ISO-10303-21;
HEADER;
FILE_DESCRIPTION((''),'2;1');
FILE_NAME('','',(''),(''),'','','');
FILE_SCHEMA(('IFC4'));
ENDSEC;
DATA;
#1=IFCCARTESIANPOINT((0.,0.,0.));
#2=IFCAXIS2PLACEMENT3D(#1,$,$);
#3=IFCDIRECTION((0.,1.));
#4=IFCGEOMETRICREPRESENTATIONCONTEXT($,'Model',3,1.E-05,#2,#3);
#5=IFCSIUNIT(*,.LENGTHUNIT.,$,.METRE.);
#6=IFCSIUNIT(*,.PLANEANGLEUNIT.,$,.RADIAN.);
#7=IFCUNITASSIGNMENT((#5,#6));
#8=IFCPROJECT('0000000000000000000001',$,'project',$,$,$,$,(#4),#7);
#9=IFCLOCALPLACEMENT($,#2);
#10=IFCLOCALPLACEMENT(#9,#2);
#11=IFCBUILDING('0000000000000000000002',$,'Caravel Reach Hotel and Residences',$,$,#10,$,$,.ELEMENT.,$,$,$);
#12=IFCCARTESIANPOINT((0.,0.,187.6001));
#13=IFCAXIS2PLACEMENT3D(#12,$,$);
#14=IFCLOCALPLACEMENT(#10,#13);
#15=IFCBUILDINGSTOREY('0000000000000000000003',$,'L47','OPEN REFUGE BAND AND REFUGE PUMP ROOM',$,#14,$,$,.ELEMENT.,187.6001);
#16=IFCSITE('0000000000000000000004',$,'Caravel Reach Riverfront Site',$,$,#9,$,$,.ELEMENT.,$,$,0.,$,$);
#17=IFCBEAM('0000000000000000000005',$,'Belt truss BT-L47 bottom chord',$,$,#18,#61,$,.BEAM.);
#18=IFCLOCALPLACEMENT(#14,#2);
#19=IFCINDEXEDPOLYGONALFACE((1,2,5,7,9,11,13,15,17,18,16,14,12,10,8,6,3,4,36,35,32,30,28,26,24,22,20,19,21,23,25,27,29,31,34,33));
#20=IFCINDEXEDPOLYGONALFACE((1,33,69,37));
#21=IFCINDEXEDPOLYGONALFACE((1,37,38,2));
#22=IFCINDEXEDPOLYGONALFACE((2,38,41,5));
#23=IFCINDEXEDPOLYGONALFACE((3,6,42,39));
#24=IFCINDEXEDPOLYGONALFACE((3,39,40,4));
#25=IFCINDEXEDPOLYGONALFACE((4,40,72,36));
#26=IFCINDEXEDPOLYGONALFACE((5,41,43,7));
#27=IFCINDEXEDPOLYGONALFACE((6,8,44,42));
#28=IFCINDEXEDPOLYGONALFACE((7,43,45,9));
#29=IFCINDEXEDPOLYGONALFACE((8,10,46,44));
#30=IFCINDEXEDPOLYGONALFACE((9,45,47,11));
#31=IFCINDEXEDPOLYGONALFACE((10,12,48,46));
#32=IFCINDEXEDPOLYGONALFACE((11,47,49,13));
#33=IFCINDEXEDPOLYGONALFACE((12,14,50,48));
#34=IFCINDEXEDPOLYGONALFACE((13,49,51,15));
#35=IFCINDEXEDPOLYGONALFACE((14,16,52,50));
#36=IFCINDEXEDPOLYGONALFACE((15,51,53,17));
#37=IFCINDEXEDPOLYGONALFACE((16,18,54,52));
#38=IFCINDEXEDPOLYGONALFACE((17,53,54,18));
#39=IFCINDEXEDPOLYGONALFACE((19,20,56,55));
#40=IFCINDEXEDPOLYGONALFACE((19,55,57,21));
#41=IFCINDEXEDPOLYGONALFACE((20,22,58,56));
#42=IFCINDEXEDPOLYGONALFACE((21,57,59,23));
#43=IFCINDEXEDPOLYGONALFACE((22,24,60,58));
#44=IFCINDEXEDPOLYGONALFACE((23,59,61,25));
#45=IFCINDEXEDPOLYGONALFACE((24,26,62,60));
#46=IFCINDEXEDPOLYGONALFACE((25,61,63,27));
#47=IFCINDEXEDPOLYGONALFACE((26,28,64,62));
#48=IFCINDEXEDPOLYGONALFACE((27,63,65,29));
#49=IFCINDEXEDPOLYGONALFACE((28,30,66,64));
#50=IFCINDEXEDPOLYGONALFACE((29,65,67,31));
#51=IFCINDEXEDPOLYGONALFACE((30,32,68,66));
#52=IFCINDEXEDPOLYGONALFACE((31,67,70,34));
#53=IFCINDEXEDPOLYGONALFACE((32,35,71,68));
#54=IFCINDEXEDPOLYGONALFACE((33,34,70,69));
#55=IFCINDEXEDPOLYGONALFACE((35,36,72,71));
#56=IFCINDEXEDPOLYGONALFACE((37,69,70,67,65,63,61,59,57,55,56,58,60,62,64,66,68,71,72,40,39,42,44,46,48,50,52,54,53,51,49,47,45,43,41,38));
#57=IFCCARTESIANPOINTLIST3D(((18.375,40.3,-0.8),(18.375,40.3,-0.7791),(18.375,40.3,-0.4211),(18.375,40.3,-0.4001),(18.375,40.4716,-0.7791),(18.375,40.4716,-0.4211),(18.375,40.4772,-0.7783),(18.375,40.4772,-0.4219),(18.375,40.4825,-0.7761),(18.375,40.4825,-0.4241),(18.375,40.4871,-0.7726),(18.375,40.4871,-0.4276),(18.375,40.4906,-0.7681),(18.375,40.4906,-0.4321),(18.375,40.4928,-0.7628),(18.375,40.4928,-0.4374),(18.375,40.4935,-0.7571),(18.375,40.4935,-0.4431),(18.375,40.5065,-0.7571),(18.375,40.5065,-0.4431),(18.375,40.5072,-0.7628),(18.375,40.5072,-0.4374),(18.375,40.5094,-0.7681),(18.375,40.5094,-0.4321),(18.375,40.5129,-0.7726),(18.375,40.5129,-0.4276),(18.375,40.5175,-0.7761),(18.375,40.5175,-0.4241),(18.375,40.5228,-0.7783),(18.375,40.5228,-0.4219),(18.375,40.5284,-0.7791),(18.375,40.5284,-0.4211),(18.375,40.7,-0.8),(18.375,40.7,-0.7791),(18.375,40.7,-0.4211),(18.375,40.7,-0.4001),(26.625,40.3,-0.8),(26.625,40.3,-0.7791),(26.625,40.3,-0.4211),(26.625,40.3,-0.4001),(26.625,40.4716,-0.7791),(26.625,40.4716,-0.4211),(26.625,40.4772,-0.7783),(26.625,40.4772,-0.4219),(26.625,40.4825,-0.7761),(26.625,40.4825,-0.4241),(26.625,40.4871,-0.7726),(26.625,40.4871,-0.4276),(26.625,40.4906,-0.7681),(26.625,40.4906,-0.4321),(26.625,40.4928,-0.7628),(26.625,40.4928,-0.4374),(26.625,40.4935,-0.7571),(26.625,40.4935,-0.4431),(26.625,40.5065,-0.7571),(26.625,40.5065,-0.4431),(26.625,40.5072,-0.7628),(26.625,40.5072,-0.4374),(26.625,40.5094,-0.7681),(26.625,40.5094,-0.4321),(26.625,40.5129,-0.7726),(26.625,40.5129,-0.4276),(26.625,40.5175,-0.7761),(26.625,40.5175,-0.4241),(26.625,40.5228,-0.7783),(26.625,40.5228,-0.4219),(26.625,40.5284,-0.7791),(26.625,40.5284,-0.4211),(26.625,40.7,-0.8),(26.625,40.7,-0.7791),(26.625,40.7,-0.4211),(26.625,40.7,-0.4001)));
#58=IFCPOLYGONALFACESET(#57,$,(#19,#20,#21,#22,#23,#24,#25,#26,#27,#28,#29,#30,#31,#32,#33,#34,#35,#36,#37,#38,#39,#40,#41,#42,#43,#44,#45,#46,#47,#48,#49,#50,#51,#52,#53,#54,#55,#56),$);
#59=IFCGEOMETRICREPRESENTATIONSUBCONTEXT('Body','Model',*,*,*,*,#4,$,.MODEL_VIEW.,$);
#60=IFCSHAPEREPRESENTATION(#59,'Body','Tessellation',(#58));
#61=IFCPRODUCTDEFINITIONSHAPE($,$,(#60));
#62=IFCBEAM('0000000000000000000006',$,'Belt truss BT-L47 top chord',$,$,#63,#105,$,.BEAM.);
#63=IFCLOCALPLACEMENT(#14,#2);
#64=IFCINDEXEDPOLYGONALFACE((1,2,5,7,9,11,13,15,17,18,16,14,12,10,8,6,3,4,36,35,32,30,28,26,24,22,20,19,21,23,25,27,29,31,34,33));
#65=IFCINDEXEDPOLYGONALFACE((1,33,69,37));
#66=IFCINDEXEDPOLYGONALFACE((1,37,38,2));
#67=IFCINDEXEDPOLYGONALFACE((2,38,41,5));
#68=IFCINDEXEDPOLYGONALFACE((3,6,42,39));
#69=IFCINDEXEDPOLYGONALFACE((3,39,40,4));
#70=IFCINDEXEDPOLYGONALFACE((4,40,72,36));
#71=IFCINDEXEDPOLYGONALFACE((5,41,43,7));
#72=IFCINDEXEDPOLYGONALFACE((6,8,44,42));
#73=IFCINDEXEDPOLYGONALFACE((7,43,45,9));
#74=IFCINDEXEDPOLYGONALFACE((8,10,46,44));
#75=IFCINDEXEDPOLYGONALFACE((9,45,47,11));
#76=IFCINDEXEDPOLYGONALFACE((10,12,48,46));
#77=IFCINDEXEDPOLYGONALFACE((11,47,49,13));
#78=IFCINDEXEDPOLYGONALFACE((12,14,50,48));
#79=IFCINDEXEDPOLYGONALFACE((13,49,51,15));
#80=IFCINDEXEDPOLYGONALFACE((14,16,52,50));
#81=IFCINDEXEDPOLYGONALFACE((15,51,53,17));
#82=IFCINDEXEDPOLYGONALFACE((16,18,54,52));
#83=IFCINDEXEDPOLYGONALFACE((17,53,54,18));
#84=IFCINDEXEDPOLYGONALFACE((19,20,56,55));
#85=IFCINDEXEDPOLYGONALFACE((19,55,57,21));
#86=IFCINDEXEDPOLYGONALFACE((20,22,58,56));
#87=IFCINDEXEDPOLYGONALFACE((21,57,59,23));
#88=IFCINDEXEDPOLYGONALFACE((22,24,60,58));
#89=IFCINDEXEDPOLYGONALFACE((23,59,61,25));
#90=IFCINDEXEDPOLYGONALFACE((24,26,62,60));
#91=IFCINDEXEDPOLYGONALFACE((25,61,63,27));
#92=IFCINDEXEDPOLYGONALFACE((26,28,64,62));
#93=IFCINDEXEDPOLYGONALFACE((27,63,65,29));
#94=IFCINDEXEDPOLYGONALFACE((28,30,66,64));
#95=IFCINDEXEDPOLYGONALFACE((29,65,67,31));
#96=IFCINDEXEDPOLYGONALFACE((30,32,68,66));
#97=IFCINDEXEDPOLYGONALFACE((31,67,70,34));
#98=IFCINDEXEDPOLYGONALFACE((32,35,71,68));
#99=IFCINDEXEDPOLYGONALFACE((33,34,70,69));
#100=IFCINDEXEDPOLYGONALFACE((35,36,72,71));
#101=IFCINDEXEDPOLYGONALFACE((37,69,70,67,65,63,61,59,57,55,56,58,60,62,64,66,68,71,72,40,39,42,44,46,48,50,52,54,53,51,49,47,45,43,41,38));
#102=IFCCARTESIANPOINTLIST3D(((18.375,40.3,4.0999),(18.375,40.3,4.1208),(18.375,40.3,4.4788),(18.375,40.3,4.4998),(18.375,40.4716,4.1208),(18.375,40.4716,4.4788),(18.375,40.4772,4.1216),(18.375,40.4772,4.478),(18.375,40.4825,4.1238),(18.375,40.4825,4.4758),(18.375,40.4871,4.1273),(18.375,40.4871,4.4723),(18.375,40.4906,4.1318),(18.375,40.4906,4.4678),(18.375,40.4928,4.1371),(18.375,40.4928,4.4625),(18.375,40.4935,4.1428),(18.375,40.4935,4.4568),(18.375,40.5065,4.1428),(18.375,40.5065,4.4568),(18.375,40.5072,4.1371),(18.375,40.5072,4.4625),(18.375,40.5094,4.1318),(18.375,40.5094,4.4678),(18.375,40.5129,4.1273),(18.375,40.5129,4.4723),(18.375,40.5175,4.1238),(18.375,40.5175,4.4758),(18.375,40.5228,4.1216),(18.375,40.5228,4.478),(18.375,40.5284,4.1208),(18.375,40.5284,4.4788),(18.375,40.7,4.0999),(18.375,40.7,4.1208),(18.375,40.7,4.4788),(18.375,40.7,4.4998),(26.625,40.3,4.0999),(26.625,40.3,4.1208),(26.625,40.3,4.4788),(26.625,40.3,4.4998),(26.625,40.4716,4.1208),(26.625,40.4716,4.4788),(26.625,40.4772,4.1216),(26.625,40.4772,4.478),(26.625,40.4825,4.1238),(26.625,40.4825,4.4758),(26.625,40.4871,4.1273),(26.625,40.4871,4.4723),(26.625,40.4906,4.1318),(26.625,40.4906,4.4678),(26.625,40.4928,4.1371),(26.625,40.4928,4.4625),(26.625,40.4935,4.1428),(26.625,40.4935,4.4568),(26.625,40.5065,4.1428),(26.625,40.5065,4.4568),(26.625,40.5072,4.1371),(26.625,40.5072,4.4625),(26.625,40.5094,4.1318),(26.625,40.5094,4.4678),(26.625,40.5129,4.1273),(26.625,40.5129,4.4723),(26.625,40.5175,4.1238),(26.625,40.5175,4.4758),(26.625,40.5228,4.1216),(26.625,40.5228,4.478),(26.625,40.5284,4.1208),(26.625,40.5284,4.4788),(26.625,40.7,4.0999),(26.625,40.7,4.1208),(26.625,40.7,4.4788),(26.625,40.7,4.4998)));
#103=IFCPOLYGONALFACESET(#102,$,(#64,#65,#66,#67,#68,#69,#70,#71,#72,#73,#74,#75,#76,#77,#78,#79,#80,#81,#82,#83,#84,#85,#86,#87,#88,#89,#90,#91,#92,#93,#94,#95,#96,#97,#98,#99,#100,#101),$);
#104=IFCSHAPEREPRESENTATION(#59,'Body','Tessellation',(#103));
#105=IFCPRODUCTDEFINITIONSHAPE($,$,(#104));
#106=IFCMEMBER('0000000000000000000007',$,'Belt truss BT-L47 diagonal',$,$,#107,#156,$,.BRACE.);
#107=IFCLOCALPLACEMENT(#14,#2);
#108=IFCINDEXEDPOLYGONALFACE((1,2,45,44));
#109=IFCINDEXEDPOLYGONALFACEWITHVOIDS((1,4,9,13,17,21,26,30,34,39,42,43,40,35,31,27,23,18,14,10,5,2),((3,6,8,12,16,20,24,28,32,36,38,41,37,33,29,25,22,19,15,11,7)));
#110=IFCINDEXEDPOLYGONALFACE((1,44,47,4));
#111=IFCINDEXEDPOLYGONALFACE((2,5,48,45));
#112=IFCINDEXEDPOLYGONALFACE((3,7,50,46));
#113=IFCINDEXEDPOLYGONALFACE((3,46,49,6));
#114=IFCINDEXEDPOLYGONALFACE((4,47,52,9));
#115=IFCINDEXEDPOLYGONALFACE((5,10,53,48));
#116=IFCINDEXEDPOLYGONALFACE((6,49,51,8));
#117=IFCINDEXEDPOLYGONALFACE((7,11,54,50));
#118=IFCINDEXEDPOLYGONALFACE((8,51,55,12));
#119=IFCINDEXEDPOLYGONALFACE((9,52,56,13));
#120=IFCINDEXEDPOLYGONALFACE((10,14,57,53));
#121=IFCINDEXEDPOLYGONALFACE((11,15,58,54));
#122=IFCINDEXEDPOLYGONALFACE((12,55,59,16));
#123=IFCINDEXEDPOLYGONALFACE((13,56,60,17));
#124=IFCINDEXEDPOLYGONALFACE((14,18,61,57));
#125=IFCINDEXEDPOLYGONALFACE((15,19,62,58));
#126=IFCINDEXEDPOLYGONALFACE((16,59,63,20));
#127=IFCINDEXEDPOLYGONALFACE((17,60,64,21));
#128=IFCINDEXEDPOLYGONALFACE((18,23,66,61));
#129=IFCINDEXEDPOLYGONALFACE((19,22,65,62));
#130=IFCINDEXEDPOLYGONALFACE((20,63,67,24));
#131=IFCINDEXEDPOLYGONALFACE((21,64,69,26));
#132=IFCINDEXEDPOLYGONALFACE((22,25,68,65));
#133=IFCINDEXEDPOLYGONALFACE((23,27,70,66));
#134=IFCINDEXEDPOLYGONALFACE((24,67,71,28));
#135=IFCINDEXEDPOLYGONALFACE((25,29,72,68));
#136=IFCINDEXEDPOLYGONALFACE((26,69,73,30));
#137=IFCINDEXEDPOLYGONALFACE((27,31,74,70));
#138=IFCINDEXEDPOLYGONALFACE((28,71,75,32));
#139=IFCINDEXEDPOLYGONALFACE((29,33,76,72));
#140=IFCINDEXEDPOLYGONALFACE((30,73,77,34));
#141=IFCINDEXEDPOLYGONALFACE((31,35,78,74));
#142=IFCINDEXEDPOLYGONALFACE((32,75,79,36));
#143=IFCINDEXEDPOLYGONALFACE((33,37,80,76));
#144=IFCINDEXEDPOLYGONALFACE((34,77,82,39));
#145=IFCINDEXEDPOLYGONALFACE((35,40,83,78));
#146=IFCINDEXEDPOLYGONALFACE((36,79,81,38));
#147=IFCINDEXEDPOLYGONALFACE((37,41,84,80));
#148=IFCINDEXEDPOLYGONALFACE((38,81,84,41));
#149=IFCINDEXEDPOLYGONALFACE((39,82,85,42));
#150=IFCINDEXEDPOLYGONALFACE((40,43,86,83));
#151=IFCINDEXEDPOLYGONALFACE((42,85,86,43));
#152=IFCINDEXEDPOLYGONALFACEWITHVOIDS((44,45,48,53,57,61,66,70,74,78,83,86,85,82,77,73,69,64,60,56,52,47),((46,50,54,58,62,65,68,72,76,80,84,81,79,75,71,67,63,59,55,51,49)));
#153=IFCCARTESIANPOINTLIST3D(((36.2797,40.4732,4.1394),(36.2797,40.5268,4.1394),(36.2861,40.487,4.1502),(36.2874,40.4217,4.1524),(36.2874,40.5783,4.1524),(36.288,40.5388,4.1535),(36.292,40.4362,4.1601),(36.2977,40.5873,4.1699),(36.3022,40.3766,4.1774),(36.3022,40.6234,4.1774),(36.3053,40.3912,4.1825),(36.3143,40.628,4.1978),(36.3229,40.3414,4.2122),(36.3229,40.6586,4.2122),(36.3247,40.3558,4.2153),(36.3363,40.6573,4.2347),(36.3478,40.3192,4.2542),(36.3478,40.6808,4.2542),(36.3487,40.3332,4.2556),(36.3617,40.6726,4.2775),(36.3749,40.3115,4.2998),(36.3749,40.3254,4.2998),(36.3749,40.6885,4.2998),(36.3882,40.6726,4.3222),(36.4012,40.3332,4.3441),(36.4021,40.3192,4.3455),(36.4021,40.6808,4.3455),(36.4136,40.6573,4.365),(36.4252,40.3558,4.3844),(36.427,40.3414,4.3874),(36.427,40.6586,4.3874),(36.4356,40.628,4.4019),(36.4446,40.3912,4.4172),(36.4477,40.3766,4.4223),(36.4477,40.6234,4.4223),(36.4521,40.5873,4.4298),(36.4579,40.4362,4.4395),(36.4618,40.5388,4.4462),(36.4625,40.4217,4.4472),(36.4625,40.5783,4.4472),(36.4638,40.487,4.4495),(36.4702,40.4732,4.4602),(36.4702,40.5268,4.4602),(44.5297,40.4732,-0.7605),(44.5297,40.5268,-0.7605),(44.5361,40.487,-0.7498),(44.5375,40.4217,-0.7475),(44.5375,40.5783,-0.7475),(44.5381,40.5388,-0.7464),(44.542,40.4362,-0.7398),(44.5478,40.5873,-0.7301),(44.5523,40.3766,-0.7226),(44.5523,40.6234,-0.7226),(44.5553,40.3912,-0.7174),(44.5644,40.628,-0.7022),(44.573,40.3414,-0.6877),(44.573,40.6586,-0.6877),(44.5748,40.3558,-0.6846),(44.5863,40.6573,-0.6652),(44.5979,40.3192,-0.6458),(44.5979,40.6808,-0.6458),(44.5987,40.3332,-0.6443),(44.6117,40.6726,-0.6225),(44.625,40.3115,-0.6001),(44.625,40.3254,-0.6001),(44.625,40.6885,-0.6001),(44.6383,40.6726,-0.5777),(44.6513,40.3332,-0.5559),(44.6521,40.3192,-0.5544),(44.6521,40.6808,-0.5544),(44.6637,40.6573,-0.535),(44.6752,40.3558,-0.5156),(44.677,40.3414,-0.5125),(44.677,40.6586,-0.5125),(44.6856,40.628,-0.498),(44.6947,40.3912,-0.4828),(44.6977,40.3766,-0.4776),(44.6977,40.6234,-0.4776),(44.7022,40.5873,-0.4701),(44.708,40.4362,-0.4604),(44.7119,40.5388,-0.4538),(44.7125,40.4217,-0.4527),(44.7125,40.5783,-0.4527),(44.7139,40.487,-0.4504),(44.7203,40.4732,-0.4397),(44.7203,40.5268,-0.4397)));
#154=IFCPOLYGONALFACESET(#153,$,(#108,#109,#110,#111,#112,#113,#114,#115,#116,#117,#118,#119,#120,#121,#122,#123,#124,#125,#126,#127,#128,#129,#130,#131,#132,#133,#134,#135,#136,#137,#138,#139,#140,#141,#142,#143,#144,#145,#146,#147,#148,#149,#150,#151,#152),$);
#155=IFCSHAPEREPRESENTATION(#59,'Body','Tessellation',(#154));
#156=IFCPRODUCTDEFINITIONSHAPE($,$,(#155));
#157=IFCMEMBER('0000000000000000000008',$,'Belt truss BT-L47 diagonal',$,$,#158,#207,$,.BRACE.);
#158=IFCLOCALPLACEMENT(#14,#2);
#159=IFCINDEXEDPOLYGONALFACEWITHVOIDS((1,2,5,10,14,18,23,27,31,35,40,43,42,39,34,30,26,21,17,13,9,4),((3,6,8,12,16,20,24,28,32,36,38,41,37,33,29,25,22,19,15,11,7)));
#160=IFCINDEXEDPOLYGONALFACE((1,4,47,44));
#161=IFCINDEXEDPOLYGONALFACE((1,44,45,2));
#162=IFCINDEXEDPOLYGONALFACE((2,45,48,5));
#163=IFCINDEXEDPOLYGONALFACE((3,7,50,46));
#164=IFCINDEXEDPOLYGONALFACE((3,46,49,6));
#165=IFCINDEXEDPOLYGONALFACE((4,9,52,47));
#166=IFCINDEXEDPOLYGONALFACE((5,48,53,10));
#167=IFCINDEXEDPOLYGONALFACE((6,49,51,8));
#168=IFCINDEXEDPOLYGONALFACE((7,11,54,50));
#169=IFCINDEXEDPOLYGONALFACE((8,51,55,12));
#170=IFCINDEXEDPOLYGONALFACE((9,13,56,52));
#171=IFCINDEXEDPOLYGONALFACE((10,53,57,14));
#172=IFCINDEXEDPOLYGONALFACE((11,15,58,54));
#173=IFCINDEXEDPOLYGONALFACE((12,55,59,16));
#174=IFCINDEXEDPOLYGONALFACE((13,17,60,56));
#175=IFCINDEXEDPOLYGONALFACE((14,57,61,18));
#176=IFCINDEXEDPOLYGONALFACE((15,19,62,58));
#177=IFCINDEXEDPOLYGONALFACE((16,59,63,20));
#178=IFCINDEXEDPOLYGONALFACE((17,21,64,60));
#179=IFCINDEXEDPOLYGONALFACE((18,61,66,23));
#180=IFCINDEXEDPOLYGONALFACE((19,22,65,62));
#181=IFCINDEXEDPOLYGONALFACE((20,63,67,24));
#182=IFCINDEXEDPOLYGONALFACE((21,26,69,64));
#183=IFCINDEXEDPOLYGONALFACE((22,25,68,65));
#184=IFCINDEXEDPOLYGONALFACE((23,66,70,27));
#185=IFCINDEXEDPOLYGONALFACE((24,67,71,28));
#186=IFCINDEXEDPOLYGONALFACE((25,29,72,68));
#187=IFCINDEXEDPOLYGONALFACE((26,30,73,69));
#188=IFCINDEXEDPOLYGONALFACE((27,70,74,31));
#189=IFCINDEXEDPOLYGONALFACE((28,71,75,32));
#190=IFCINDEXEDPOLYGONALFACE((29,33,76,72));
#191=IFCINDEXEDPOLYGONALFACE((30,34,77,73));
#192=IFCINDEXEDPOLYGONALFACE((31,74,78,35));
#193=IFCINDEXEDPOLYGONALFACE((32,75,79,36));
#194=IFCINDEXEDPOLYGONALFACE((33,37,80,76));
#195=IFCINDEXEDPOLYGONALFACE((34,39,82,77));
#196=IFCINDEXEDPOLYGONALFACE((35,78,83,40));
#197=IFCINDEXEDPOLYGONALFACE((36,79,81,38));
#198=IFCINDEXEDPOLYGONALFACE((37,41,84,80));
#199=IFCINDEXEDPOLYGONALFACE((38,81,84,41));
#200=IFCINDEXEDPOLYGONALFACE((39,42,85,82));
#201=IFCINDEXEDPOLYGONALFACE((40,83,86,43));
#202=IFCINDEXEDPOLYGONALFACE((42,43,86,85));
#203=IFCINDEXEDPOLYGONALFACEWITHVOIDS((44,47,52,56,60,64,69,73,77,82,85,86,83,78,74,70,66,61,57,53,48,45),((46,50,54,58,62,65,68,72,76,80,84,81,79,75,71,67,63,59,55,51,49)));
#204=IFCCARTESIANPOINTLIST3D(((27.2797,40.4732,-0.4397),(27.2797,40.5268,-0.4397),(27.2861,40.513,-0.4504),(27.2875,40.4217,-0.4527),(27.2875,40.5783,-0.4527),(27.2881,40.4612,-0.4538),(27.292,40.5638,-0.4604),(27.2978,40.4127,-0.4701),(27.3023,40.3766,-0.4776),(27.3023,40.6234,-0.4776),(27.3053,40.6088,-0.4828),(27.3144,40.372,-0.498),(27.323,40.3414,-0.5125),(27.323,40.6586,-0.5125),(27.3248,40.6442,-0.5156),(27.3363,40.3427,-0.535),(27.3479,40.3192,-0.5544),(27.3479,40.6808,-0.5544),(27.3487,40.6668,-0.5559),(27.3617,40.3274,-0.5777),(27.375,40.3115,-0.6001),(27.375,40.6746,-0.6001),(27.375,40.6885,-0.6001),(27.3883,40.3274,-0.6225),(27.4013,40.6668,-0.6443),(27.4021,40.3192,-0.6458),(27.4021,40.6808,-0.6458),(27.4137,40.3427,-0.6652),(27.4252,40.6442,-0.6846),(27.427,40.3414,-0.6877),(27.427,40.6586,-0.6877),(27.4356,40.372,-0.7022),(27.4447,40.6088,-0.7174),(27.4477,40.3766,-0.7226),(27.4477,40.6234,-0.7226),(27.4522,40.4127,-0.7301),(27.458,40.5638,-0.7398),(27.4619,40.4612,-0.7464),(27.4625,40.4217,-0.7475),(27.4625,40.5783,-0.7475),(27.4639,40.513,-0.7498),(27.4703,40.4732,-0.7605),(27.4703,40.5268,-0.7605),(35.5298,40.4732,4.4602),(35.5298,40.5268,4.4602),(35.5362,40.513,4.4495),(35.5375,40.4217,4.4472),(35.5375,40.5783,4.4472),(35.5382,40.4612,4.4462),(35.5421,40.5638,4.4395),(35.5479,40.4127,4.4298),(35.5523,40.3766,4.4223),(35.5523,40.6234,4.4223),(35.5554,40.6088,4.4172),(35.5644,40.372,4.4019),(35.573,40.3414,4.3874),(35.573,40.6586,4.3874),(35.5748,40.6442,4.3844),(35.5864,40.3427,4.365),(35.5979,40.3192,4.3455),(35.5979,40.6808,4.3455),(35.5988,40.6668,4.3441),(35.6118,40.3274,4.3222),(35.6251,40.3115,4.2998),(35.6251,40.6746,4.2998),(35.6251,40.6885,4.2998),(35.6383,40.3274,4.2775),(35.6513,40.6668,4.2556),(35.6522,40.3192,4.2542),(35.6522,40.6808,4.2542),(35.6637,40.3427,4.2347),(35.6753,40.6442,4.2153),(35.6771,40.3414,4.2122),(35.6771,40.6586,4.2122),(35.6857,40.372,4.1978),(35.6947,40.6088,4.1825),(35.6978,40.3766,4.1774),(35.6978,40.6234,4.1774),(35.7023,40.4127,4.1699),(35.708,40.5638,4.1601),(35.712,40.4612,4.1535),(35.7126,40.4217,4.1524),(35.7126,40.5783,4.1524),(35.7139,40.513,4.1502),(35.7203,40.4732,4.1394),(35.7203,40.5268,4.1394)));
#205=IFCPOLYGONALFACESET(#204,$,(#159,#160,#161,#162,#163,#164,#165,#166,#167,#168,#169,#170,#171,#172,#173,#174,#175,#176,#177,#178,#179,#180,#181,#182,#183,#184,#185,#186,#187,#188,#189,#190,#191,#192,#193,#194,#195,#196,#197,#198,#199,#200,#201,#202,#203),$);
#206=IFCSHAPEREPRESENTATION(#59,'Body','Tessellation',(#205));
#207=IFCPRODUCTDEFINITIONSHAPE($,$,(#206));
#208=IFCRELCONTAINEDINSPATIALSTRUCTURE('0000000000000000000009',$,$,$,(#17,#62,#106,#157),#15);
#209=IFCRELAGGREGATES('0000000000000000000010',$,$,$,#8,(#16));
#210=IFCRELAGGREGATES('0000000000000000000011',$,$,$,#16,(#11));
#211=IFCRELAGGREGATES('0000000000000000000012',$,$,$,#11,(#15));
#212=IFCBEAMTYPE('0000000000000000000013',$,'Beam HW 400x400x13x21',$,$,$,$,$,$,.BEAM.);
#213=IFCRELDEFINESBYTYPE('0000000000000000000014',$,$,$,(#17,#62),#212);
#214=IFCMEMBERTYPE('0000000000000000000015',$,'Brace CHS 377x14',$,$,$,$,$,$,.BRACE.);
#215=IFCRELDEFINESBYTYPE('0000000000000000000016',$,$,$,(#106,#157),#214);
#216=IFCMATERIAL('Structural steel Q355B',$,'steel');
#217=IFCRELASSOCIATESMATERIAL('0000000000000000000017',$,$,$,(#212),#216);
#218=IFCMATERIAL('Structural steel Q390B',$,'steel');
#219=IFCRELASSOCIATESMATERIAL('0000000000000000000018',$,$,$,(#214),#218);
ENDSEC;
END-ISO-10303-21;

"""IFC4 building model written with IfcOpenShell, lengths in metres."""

from ifc_helpers import new_model, si_unit, direction, frame, origin, origin_2d, place, context, subcontext, project, spatial, hollow_circle, i_section, extrude, material, material_profile, profile_set, type_object, element, save


model = new_model("IFC4")

# Units and contexts
model_context = context("Model", 3, precision=1e-05, world=origin(), true_north=direction((0.0, 1.0)))
body_context = subcontext(model_context, "Body", "Model", "MODEL_VIEW")
ifc_project = project(units=[si_unit("LENGTHUNIT", "METRE"), si_unit("PLANEANGLEUNIT", "RADIAN")], contexts=[model_context])

# Site, building, storey
site_placement = place(None, origin())
site = spatial("IfcSite", under=ifc_project, at=site_placement, Name="Caravel Reach Riverfront Site", CompositionType="ELEMENT", RefElevation=0.0)
building_placement = place(site_placement, origin())
building = spatial("IfcBuilding", under=site, at=building_placement, Name="Caravel Reach Hotel and Residences", CompositionType="ELEMENT")
storey_placement = place(building_placement, frame((0.0, 0.0, 187.6001)))
storey = spatial("IfcBuildingStorey", under=building, at=storey_placement, Name="L47", Description="OPEN REFUGE BAND AND REFUGE PUMP ROOM", CompositionType="ELEMENT", Elevation=187.6001)

# Beams
ifc_material_1 = material(Name="Structural steel Q355B", Category="steel")
ifc_material_profile_1 = material_profile(ifc_material_1, i_section(OverallWidth=0.3999, OverallDepth=0.3999, WebThickness=0.0129, FlangeThickness=0.021, FilletRadius=0.022, at=origin_2d()), Name="HW 400x400x13x21")
ifc_profile_set_1 = profile_set([ifc_material_profile_1], Name="Structural steel Q355B")
beam_type = type_object("IfcBeamType", Name="Beam HW 400x400x13x21", PredefinedType="BEAM", material=ifc_profile_set_1)
for number, where, z_axis, x_axis, name in (
    (1, (26.625, 40.5, -0.6001), (-1.0, 0.0, 0.0), (0.0, -1.0, 0.0), "Belt truss BT-L47 bottom chord"),
    (2, (26.625, 40.5, 4.2998), (-1.0, 0.0, 0.0), (0.0, -1.0, 0.0), "Belt truss BT-L47 top chord"),
):
    element("IfcBeam", number, at=place(storey_placement, frame(where, z_axis=z_axis, x_axis=x_axis)), inside=storey, type_object=beam_type, Name=name, PredefinedType="BEAM", context=body_context, shape_type="SweptSolid", body=[
        extrude(i_section(OverallWidth=0.3999, OverallDepth=0.3999, WebThickness=0.0129, FlangeThickness=0.021, FilletRadius=0.022, at=origin_2d()), origin(), (0.0, 0.0, 1.0), 8.25),
    ])

# Members
ifc_material_2 = material(Name="Structural steel Q390B", Category="steel")
ifc_material_profile_2 = material_profile(ifc_material_2, hollow_circle(Radius=0.1885, WallThickness=0.0139, at=origin_2d()), Name="CHS 377x14")
ifc_profile_set_2 = profile_set([ifc_material_profile_2], Name="Structural steel Q390B")
member_type = type_object("IfcMemberType", Name="Brace CHS 377x14", PredefinedType="BRACE", material=ifc_profile_set_2)
for number, where, z_axis, x_axis, name in (
    (3, (44.625, 40.5, -0.6001), (-0.859788, 0.0, 0.510652), (0.0, -1.0, 0.0), "Belt truss BT-L47 diagonal"),
    (4, (27.375, 40.5, -0.6001), (0.859788, 0.0, 0.510652), (0.0, 1.0, 0.0), "Belt truss BT-L47 diagonal"),
):
    element("IfcMember", number, at=place(storey_placement, frame(where, z_axis=z_axis, x_axis=x_axis)), inside=storey, type_object=member_type, Name=name, PredefinedType="BRACE", context=body_context, shape_type="SweptSolid", body=[
        extrude(hollow_circle(Radius=0.1885, WallThickness=0.0139, at=origin_2d()), origin(), (0.0, 0.0, 1.0), 9.5955),
    ])

save(model, "model.ifc")
